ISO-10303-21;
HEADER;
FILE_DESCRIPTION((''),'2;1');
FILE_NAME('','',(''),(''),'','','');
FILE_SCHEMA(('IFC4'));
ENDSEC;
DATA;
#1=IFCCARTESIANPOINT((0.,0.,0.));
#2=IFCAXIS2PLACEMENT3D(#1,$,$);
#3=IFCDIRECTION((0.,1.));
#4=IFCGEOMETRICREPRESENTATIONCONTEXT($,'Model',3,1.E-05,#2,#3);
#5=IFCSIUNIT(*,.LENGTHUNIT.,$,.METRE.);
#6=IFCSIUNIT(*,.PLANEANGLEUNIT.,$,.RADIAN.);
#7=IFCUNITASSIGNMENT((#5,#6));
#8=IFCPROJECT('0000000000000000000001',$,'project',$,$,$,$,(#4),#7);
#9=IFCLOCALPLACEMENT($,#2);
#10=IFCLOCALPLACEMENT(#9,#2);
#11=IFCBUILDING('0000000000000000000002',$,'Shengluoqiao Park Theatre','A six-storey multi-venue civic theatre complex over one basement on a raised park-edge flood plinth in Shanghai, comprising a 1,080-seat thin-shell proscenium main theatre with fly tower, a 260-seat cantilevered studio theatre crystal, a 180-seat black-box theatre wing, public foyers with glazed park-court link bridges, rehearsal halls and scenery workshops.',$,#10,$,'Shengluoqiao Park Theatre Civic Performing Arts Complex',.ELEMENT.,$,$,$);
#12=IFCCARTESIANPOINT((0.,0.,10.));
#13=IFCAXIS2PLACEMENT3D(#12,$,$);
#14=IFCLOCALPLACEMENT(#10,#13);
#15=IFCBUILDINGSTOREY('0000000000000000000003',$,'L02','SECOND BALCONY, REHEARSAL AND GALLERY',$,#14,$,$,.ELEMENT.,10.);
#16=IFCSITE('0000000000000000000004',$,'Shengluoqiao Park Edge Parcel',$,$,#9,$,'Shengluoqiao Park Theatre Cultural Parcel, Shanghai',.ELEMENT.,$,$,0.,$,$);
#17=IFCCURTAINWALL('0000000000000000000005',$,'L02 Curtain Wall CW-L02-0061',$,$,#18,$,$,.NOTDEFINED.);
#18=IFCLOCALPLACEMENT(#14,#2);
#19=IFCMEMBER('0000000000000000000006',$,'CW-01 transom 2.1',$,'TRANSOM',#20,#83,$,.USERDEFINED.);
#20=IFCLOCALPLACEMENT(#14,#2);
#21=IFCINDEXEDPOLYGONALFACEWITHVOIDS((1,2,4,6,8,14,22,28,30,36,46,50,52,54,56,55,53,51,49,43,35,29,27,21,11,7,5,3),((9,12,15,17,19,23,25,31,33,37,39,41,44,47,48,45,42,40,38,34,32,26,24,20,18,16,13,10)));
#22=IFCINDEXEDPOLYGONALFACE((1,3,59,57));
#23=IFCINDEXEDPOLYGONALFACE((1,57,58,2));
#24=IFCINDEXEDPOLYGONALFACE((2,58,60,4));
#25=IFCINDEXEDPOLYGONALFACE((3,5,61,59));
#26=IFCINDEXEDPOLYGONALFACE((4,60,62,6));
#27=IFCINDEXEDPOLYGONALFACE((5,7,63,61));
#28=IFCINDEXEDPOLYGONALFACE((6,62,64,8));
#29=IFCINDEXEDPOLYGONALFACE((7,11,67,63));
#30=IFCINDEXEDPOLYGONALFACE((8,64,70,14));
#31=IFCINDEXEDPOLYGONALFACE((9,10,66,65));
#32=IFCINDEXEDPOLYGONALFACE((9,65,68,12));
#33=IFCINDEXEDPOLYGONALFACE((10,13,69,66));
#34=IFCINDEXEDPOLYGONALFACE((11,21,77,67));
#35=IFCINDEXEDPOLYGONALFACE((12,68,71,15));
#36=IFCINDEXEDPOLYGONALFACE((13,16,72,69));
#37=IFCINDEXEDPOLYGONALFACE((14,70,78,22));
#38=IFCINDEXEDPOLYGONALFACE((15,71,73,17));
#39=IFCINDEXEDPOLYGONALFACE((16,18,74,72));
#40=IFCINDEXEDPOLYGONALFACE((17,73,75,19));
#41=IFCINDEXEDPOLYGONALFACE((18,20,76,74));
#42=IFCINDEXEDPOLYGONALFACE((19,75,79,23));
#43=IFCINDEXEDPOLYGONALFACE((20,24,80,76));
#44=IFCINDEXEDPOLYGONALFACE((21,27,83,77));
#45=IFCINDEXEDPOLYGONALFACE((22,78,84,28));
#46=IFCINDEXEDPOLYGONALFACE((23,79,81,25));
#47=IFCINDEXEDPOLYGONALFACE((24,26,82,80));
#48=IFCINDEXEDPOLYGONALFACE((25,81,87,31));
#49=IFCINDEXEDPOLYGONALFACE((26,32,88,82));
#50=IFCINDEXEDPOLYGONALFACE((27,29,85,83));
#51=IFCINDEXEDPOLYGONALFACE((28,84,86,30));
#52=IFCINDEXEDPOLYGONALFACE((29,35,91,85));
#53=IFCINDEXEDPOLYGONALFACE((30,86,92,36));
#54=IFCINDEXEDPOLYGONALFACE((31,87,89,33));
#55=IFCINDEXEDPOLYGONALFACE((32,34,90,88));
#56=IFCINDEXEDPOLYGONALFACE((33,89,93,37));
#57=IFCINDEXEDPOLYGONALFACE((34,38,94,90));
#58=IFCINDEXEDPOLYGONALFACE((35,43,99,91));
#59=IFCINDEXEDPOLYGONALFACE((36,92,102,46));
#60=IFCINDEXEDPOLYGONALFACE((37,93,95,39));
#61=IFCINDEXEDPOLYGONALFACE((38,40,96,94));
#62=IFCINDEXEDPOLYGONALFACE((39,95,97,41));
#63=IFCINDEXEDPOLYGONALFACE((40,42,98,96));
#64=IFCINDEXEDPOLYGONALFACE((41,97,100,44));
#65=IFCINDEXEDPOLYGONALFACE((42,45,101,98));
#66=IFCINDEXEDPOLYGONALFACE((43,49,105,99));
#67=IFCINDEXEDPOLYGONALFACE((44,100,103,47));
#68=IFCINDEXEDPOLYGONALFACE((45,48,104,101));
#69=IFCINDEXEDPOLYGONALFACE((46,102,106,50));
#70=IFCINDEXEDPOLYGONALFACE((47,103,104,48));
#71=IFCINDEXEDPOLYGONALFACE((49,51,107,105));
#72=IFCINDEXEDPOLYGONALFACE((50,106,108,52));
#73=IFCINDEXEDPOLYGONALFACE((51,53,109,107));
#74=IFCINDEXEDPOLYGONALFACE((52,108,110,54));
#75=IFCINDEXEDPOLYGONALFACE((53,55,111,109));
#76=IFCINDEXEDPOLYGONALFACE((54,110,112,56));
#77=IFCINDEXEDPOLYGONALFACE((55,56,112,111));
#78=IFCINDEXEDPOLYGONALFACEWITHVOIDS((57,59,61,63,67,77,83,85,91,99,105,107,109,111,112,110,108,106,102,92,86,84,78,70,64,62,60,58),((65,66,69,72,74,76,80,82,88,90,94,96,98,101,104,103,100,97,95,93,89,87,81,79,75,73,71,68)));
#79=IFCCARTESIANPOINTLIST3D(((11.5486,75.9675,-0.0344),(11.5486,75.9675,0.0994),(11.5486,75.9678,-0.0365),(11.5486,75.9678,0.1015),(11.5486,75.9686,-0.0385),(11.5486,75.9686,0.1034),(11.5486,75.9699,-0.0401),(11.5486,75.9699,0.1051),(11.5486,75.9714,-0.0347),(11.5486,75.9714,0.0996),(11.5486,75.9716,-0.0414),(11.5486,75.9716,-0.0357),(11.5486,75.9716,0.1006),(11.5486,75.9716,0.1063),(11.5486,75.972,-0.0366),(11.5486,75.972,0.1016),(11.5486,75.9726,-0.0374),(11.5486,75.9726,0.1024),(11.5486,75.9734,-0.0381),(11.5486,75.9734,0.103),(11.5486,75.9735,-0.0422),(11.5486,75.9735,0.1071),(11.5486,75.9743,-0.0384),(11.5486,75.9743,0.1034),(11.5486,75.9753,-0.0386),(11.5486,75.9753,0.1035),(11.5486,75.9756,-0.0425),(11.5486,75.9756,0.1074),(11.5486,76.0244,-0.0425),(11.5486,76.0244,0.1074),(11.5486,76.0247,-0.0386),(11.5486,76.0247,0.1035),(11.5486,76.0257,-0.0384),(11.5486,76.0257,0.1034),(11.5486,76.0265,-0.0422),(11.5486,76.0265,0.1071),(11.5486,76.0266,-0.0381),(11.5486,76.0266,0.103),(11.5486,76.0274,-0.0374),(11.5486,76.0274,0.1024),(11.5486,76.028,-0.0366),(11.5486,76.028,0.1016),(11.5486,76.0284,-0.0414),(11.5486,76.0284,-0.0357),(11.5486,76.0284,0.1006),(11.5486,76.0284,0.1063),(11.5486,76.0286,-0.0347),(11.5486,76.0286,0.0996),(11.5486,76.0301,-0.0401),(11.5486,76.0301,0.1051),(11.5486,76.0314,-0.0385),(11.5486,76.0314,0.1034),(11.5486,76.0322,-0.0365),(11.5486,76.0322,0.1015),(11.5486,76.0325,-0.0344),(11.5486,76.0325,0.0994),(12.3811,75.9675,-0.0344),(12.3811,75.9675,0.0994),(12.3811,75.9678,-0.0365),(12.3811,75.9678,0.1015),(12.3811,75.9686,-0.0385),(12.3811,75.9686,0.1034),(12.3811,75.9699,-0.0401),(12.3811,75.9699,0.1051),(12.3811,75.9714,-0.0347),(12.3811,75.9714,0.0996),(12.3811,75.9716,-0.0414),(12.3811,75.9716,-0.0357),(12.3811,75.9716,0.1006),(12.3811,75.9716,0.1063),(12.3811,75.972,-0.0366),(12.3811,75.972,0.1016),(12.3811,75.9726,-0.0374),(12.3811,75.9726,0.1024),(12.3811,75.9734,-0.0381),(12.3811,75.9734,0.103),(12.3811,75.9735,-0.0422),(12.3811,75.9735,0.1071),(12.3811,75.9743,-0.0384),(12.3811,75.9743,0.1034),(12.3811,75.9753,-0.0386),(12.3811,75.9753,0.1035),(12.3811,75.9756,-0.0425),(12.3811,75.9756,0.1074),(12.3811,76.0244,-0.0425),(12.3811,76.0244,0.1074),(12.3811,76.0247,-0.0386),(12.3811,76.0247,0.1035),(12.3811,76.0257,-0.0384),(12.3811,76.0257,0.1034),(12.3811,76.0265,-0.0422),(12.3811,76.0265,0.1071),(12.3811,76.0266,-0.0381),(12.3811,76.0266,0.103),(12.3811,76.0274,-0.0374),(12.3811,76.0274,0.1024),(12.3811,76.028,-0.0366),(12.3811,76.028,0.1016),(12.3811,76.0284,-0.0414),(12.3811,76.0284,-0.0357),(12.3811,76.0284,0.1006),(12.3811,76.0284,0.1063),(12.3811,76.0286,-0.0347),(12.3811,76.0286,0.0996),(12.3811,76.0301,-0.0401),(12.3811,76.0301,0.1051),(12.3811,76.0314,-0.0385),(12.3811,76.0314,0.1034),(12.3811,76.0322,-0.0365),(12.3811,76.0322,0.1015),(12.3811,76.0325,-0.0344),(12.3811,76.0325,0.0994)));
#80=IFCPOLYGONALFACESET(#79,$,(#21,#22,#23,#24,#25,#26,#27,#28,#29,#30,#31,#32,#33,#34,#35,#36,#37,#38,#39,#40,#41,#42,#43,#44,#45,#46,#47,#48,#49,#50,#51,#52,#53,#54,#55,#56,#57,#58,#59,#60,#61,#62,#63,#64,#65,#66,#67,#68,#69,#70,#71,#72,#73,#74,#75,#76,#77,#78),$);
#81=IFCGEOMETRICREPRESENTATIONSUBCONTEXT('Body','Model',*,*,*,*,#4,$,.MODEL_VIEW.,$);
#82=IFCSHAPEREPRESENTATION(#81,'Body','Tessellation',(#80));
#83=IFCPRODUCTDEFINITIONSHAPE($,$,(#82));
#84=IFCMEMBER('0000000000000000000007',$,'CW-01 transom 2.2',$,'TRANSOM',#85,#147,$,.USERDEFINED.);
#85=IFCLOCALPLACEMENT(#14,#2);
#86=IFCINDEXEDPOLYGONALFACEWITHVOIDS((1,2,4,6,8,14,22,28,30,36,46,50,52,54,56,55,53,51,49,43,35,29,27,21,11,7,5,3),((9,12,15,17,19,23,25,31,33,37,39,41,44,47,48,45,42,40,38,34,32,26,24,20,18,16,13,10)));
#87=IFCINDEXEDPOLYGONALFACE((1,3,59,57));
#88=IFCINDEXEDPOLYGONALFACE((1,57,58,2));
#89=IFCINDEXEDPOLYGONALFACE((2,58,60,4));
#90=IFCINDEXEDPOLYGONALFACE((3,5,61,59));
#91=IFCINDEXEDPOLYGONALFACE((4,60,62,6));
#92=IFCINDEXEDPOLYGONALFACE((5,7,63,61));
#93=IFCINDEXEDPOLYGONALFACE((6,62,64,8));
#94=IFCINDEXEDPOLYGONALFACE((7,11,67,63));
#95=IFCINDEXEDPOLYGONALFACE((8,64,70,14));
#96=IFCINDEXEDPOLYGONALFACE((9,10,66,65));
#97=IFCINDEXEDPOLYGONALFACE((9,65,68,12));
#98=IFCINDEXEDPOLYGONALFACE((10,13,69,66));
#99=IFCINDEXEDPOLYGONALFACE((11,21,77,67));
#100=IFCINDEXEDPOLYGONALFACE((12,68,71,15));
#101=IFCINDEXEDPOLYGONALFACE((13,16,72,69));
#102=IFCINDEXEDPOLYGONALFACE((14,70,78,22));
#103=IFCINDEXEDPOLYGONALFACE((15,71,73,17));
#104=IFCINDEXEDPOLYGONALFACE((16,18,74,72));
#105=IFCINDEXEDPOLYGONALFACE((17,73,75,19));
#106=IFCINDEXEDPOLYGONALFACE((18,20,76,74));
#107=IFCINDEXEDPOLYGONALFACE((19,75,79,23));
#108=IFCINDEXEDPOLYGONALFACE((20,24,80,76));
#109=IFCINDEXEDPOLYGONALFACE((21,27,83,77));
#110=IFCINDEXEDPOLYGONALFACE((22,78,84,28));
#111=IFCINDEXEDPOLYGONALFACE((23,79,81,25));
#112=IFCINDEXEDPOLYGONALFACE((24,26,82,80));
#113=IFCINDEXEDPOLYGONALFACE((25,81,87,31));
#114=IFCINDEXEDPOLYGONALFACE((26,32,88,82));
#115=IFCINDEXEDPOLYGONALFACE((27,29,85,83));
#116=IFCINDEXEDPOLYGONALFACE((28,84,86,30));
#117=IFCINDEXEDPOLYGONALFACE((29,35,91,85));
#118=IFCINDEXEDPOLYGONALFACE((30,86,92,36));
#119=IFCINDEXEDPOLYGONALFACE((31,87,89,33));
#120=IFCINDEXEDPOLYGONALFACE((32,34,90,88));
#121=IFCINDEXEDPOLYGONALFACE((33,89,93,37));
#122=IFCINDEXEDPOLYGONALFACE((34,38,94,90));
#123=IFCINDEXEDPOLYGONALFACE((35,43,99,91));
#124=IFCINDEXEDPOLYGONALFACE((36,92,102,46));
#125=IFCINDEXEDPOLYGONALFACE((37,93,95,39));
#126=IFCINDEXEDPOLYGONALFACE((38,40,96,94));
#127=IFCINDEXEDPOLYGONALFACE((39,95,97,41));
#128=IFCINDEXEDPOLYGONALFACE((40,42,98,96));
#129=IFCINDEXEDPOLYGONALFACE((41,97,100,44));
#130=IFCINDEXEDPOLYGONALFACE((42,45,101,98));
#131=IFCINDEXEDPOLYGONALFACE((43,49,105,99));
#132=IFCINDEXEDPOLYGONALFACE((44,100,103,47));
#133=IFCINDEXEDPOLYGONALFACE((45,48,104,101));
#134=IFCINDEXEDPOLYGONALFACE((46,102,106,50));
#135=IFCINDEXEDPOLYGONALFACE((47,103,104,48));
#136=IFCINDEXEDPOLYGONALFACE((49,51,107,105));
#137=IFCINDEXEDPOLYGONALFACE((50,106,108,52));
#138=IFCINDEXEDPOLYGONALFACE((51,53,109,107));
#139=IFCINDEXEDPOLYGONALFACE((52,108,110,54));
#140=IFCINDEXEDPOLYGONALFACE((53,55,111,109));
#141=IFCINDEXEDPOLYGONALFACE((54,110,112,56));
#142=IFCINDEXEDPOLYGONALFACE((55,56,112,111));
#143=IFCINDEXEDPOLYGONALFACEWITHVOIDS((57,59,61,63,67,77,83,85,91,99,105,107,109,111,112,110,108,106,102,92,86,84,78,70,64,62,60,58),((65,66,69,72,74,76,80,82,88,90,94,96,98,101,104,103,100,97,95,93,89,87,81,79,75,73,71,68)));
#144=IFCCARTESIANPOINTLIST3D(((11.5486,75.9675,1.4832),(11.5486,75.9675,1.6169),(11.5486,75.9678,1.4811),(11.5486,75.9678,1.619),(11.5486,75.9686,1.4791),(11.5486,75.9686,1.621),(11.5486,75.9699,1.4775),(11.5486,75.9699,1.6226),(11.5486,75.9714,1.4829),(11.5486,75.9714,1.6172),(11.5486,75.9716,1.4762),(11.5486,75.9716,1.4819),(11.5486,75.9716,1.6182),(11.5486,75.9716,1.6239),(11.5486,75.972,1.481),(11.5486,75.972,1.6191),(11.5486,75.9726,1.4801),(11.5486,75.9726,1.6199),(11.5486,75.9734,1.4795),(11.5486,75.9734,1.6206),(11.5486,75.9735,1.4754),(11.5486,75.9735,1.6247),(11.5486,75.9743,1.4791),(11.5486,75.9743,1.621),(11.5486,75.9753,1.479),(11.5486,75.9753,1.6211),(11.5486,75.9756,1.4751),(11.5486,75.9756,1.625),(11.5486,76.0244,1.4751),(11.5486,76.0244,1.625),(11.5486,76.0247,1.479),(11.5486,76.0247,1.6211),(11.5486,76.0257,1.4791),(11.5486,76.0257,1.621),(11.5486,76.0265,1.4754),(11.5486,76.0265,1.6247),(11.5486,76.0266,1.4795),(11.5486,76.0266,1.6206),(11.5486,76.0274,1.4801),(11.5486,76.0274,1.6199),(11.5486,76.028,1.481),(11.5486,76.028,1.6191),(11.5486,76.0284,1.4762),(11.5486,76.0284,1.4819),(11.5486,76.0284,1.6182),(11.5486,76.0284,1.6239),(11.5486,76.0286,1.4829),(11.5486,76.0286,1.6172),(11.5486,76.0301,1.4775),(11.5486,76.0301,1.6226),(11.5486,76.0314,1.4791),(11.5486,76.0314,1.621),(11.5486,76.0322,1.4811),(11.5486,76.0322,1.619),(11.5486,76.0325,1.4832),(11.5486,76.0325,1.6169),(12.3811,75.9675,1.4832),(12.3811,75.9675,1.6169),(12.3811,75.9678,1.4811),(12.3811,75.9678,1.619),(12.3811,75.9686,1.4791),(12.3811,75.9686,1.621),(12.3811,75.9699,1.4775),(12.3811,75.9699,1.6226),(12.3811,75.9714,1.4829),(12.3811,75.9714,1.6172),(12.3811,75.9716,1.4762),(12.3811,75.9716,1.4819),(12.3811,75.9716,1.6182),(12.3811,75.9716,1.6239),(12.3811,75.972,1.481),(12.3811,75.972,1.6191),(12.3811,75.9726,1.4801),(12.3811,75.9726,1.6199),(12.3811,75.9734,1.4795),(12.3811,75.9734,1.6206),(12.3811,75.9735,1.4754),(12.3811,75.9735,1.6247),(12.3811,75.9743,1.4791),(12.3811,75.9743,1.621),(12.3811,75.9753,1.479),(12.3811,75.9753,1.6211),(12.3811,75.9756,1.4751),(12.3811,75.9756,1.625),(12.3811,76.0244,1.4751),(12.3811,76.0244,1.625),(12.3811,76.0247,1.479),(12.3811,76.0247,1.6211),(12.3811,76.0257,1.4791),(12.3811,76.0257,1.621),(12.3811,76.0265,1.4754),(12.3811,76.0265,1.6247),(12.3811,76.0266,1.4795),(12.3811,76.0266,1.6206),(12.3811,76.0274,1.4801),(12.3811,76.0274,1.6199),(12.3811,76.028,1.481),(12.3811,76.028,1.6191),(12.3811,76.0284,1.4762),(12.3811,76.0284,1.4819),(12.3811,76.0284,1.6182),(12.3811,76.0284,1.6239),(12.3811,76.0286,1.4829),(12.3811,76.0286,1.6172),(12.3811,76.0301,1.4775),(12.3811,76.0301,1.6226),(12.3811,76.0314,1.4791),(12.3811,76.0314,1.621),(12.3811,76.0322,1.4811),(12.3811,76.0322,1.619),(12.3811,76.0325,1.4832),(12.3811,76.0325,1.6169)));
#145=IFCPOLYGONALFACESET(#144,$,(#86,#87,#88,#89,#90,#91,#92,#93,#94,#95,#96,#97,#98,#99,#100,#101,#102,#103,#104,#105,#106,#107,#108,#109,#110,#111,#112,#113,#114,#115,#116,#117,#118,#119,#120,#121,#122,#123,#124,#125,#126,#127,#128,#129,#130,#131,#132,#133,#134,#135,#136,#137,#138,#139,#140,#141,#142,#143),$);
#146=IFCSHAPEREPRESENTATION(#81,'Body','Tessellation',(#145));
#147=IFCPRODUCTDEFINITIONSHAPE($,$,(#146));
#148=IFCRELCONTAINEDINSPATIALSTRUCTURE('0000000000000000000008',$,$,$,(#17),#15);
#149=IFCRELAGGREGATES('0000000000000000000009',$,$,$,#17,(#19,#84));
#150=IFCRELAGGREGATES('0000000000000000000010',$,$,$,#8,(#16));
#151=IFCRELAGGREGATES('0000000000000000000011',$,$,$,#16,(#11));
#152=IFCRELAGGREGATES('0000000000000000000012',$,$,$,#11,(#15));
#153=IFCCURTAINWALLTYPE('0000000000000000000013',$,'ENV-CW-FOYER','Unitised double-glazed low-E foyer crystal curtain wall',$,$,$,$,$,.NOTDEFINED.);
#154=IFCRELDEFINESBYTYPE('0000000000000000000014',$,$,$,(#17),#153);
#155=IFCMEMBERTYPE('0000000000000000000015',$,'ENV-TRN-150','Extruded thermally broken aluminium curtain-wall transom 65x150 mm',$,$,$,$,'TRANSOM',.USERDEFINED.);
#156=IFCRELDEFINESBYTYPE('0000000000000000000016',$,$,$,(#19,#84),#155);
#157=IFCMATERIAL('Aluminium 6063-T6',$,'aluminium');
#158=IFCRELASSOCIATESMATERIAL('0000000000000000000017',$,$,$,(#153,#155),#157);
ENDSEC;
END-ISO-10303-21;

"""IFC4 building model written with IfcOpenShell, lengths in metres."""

from ifc_helpers import new_model, si_unit, direction, frame, origin, origin_2d, place, context, subcontext, project, spatial, hollow_rectangle, extrude, material, material_profile, profile_set, type_object, element, aggregate, save


model = new_model("IFC4")

# Units and contexts
model_context = context("Model", 3, precision=1e-05, world=origin(), true_north=direction((0.0, 1.0)))
body_context = subcontext(model_context, "Body", "Model", "MODEL_VIEW")
ifc_project = project(units=[si_unit("LENGTHUNIT", "METRE"), si_unit("PLANEANGLEUNIT", "RADIAN")], contexts=[model_context])

# Site, building, storey
site_placement = place(None, origin())
site = spatial("IfcSite", under=ifc_project, at=site_placement, Name="Shengluoqiao Park Edge Parcel", LongName="Shengluoqiao Park Theatre Cultural Parcel, Shanghai", CompositionType="ELEMENT", RefElevation=0.0)
building_placement = place(site_placement, origin())
building = spatial("IfcBuilding", under=site, at=building_placement, Name="Shengluoqiao Park Theatre", Description="A six-storey multi-venue civic theatre complex over one basement on a raised park-edge flood plinth in Shanghai, comprising a 1,080-seat thin-shell proscenium main theatre with fly tower, a 260-seat cantilevered studio theatre crystal, a 180-seat black-box theatre wing, public foyers with glazed park-court link bridges, rehearsal halls and scenery workshops.", LongName="Shengluoqiao Park Theatre Civic Performing Arts Complex", CompositionType="ELEMENT")
storey_placement = place(building_placement, frame((0.0, 0.0, 10.0)))
storey = spatial("IfcBuildingStorey", under=building, at=storey_placement, Name="L02", Description="SECOND BALCONY, REHEARSAL AND GALLERY", CompositionType="ELEMENT", Elevation=10.0)

# Curtain wall
ifc_material_1 = material(Name="Aluminium 6063-T6", Category="aluminium")
curtain_wall_type = type_object("IfcCurtainWallType", Name="ENV-CW-FOYER", Description="Unitised double-glazed low-E foyer crystal curtain wall", PredefinedType="NOTDEFINED", material=ifc_material_1)
curtain_wall_1_placement = place(storey_placement, origin())
curtain_wall_1 = element("IfcCurtainWall", 1, at=curtain_wall_1_placement, inside=storey, type_object=curtain_wall_type, Name="L02 Curtain Wall CW-L02-0061", PredefinedType="NOTDEFINED")

# Members
ifc_material_profile_1 = material_profile(ifc_material_1, hollow_rectangle(XDim=0.0649, YDim=0.1499, WallThickness=0.0039, InnerFilletRadius=0.0039, OuterFilletRadius=0.0081, at=origin_2d()), Name="ALU TRANSOM 150x65x4")
ifc_profile_set_1 = profile_set([ifc_material_profile_1], Name="Aluminium 6063-T6")
member_type_1 = type_object("IfcMemberType", Name="ENV-TRN-150", Description="Extruded thermally broken aluminium curtain-wall transom 65x150 mm", ElementType="TRANSOM", PredefinedType="USERDEFINED", material=ifc_profile_set_1)
member_1_placement = place(storey_placement, frame((11.5486, 76.0, 0.0325), z_axis=(1.0, 0.0, 0.0), x_axis=(0.0, 1.0, 0.0)))
member_1 = element("IfcMember", 2, at=member_1_placement, type_object=member_type_1, Name="CW-01 transom 2.1", ObjectType="TRANSOM", PredefinedType="USERDEFINED", context=body_context, shape_type="SweptSolid", body=[
    extrude(hollow_rectangle(XDim=0.0649, YDim=0.1499, WallThickness=0.0039, InnerFilletRadius=0.0039, OuterFilletRadius=0.0081, at=origin_2d()), origin(), (0.0, 0.0, 1.0), 0.8325),
])
member_2_placement = place(storey_placement, frame((11.5486, 76.0, 1.55), z_axis=(1.0, 0.0, 0.0), x_axis=(0.0, 1.0, 0.0)))
member_2 = element("IfcMember", 3, at=member_2_placement, type_object=member_type_1, Name="CW-01 transom 2.2", ObjectType="TRANSOM", PredefinedType="USERDEFINED", context=body_context, shape_type="SweptSolid", body=[
    extrude(hollow_rectangle(XDim=0.0649, YDim=0.1499, WallThickness=0.0039, InnerFilletRadius=0.0039, OuterFilletRadius=0.0081, at=origin_2d()), origin(), (0.0, 0.0, 1.0), 0.8325),
])

aggregate(curtain_wall_1, [member_1, member_2])

save(model, "model.ifc")
